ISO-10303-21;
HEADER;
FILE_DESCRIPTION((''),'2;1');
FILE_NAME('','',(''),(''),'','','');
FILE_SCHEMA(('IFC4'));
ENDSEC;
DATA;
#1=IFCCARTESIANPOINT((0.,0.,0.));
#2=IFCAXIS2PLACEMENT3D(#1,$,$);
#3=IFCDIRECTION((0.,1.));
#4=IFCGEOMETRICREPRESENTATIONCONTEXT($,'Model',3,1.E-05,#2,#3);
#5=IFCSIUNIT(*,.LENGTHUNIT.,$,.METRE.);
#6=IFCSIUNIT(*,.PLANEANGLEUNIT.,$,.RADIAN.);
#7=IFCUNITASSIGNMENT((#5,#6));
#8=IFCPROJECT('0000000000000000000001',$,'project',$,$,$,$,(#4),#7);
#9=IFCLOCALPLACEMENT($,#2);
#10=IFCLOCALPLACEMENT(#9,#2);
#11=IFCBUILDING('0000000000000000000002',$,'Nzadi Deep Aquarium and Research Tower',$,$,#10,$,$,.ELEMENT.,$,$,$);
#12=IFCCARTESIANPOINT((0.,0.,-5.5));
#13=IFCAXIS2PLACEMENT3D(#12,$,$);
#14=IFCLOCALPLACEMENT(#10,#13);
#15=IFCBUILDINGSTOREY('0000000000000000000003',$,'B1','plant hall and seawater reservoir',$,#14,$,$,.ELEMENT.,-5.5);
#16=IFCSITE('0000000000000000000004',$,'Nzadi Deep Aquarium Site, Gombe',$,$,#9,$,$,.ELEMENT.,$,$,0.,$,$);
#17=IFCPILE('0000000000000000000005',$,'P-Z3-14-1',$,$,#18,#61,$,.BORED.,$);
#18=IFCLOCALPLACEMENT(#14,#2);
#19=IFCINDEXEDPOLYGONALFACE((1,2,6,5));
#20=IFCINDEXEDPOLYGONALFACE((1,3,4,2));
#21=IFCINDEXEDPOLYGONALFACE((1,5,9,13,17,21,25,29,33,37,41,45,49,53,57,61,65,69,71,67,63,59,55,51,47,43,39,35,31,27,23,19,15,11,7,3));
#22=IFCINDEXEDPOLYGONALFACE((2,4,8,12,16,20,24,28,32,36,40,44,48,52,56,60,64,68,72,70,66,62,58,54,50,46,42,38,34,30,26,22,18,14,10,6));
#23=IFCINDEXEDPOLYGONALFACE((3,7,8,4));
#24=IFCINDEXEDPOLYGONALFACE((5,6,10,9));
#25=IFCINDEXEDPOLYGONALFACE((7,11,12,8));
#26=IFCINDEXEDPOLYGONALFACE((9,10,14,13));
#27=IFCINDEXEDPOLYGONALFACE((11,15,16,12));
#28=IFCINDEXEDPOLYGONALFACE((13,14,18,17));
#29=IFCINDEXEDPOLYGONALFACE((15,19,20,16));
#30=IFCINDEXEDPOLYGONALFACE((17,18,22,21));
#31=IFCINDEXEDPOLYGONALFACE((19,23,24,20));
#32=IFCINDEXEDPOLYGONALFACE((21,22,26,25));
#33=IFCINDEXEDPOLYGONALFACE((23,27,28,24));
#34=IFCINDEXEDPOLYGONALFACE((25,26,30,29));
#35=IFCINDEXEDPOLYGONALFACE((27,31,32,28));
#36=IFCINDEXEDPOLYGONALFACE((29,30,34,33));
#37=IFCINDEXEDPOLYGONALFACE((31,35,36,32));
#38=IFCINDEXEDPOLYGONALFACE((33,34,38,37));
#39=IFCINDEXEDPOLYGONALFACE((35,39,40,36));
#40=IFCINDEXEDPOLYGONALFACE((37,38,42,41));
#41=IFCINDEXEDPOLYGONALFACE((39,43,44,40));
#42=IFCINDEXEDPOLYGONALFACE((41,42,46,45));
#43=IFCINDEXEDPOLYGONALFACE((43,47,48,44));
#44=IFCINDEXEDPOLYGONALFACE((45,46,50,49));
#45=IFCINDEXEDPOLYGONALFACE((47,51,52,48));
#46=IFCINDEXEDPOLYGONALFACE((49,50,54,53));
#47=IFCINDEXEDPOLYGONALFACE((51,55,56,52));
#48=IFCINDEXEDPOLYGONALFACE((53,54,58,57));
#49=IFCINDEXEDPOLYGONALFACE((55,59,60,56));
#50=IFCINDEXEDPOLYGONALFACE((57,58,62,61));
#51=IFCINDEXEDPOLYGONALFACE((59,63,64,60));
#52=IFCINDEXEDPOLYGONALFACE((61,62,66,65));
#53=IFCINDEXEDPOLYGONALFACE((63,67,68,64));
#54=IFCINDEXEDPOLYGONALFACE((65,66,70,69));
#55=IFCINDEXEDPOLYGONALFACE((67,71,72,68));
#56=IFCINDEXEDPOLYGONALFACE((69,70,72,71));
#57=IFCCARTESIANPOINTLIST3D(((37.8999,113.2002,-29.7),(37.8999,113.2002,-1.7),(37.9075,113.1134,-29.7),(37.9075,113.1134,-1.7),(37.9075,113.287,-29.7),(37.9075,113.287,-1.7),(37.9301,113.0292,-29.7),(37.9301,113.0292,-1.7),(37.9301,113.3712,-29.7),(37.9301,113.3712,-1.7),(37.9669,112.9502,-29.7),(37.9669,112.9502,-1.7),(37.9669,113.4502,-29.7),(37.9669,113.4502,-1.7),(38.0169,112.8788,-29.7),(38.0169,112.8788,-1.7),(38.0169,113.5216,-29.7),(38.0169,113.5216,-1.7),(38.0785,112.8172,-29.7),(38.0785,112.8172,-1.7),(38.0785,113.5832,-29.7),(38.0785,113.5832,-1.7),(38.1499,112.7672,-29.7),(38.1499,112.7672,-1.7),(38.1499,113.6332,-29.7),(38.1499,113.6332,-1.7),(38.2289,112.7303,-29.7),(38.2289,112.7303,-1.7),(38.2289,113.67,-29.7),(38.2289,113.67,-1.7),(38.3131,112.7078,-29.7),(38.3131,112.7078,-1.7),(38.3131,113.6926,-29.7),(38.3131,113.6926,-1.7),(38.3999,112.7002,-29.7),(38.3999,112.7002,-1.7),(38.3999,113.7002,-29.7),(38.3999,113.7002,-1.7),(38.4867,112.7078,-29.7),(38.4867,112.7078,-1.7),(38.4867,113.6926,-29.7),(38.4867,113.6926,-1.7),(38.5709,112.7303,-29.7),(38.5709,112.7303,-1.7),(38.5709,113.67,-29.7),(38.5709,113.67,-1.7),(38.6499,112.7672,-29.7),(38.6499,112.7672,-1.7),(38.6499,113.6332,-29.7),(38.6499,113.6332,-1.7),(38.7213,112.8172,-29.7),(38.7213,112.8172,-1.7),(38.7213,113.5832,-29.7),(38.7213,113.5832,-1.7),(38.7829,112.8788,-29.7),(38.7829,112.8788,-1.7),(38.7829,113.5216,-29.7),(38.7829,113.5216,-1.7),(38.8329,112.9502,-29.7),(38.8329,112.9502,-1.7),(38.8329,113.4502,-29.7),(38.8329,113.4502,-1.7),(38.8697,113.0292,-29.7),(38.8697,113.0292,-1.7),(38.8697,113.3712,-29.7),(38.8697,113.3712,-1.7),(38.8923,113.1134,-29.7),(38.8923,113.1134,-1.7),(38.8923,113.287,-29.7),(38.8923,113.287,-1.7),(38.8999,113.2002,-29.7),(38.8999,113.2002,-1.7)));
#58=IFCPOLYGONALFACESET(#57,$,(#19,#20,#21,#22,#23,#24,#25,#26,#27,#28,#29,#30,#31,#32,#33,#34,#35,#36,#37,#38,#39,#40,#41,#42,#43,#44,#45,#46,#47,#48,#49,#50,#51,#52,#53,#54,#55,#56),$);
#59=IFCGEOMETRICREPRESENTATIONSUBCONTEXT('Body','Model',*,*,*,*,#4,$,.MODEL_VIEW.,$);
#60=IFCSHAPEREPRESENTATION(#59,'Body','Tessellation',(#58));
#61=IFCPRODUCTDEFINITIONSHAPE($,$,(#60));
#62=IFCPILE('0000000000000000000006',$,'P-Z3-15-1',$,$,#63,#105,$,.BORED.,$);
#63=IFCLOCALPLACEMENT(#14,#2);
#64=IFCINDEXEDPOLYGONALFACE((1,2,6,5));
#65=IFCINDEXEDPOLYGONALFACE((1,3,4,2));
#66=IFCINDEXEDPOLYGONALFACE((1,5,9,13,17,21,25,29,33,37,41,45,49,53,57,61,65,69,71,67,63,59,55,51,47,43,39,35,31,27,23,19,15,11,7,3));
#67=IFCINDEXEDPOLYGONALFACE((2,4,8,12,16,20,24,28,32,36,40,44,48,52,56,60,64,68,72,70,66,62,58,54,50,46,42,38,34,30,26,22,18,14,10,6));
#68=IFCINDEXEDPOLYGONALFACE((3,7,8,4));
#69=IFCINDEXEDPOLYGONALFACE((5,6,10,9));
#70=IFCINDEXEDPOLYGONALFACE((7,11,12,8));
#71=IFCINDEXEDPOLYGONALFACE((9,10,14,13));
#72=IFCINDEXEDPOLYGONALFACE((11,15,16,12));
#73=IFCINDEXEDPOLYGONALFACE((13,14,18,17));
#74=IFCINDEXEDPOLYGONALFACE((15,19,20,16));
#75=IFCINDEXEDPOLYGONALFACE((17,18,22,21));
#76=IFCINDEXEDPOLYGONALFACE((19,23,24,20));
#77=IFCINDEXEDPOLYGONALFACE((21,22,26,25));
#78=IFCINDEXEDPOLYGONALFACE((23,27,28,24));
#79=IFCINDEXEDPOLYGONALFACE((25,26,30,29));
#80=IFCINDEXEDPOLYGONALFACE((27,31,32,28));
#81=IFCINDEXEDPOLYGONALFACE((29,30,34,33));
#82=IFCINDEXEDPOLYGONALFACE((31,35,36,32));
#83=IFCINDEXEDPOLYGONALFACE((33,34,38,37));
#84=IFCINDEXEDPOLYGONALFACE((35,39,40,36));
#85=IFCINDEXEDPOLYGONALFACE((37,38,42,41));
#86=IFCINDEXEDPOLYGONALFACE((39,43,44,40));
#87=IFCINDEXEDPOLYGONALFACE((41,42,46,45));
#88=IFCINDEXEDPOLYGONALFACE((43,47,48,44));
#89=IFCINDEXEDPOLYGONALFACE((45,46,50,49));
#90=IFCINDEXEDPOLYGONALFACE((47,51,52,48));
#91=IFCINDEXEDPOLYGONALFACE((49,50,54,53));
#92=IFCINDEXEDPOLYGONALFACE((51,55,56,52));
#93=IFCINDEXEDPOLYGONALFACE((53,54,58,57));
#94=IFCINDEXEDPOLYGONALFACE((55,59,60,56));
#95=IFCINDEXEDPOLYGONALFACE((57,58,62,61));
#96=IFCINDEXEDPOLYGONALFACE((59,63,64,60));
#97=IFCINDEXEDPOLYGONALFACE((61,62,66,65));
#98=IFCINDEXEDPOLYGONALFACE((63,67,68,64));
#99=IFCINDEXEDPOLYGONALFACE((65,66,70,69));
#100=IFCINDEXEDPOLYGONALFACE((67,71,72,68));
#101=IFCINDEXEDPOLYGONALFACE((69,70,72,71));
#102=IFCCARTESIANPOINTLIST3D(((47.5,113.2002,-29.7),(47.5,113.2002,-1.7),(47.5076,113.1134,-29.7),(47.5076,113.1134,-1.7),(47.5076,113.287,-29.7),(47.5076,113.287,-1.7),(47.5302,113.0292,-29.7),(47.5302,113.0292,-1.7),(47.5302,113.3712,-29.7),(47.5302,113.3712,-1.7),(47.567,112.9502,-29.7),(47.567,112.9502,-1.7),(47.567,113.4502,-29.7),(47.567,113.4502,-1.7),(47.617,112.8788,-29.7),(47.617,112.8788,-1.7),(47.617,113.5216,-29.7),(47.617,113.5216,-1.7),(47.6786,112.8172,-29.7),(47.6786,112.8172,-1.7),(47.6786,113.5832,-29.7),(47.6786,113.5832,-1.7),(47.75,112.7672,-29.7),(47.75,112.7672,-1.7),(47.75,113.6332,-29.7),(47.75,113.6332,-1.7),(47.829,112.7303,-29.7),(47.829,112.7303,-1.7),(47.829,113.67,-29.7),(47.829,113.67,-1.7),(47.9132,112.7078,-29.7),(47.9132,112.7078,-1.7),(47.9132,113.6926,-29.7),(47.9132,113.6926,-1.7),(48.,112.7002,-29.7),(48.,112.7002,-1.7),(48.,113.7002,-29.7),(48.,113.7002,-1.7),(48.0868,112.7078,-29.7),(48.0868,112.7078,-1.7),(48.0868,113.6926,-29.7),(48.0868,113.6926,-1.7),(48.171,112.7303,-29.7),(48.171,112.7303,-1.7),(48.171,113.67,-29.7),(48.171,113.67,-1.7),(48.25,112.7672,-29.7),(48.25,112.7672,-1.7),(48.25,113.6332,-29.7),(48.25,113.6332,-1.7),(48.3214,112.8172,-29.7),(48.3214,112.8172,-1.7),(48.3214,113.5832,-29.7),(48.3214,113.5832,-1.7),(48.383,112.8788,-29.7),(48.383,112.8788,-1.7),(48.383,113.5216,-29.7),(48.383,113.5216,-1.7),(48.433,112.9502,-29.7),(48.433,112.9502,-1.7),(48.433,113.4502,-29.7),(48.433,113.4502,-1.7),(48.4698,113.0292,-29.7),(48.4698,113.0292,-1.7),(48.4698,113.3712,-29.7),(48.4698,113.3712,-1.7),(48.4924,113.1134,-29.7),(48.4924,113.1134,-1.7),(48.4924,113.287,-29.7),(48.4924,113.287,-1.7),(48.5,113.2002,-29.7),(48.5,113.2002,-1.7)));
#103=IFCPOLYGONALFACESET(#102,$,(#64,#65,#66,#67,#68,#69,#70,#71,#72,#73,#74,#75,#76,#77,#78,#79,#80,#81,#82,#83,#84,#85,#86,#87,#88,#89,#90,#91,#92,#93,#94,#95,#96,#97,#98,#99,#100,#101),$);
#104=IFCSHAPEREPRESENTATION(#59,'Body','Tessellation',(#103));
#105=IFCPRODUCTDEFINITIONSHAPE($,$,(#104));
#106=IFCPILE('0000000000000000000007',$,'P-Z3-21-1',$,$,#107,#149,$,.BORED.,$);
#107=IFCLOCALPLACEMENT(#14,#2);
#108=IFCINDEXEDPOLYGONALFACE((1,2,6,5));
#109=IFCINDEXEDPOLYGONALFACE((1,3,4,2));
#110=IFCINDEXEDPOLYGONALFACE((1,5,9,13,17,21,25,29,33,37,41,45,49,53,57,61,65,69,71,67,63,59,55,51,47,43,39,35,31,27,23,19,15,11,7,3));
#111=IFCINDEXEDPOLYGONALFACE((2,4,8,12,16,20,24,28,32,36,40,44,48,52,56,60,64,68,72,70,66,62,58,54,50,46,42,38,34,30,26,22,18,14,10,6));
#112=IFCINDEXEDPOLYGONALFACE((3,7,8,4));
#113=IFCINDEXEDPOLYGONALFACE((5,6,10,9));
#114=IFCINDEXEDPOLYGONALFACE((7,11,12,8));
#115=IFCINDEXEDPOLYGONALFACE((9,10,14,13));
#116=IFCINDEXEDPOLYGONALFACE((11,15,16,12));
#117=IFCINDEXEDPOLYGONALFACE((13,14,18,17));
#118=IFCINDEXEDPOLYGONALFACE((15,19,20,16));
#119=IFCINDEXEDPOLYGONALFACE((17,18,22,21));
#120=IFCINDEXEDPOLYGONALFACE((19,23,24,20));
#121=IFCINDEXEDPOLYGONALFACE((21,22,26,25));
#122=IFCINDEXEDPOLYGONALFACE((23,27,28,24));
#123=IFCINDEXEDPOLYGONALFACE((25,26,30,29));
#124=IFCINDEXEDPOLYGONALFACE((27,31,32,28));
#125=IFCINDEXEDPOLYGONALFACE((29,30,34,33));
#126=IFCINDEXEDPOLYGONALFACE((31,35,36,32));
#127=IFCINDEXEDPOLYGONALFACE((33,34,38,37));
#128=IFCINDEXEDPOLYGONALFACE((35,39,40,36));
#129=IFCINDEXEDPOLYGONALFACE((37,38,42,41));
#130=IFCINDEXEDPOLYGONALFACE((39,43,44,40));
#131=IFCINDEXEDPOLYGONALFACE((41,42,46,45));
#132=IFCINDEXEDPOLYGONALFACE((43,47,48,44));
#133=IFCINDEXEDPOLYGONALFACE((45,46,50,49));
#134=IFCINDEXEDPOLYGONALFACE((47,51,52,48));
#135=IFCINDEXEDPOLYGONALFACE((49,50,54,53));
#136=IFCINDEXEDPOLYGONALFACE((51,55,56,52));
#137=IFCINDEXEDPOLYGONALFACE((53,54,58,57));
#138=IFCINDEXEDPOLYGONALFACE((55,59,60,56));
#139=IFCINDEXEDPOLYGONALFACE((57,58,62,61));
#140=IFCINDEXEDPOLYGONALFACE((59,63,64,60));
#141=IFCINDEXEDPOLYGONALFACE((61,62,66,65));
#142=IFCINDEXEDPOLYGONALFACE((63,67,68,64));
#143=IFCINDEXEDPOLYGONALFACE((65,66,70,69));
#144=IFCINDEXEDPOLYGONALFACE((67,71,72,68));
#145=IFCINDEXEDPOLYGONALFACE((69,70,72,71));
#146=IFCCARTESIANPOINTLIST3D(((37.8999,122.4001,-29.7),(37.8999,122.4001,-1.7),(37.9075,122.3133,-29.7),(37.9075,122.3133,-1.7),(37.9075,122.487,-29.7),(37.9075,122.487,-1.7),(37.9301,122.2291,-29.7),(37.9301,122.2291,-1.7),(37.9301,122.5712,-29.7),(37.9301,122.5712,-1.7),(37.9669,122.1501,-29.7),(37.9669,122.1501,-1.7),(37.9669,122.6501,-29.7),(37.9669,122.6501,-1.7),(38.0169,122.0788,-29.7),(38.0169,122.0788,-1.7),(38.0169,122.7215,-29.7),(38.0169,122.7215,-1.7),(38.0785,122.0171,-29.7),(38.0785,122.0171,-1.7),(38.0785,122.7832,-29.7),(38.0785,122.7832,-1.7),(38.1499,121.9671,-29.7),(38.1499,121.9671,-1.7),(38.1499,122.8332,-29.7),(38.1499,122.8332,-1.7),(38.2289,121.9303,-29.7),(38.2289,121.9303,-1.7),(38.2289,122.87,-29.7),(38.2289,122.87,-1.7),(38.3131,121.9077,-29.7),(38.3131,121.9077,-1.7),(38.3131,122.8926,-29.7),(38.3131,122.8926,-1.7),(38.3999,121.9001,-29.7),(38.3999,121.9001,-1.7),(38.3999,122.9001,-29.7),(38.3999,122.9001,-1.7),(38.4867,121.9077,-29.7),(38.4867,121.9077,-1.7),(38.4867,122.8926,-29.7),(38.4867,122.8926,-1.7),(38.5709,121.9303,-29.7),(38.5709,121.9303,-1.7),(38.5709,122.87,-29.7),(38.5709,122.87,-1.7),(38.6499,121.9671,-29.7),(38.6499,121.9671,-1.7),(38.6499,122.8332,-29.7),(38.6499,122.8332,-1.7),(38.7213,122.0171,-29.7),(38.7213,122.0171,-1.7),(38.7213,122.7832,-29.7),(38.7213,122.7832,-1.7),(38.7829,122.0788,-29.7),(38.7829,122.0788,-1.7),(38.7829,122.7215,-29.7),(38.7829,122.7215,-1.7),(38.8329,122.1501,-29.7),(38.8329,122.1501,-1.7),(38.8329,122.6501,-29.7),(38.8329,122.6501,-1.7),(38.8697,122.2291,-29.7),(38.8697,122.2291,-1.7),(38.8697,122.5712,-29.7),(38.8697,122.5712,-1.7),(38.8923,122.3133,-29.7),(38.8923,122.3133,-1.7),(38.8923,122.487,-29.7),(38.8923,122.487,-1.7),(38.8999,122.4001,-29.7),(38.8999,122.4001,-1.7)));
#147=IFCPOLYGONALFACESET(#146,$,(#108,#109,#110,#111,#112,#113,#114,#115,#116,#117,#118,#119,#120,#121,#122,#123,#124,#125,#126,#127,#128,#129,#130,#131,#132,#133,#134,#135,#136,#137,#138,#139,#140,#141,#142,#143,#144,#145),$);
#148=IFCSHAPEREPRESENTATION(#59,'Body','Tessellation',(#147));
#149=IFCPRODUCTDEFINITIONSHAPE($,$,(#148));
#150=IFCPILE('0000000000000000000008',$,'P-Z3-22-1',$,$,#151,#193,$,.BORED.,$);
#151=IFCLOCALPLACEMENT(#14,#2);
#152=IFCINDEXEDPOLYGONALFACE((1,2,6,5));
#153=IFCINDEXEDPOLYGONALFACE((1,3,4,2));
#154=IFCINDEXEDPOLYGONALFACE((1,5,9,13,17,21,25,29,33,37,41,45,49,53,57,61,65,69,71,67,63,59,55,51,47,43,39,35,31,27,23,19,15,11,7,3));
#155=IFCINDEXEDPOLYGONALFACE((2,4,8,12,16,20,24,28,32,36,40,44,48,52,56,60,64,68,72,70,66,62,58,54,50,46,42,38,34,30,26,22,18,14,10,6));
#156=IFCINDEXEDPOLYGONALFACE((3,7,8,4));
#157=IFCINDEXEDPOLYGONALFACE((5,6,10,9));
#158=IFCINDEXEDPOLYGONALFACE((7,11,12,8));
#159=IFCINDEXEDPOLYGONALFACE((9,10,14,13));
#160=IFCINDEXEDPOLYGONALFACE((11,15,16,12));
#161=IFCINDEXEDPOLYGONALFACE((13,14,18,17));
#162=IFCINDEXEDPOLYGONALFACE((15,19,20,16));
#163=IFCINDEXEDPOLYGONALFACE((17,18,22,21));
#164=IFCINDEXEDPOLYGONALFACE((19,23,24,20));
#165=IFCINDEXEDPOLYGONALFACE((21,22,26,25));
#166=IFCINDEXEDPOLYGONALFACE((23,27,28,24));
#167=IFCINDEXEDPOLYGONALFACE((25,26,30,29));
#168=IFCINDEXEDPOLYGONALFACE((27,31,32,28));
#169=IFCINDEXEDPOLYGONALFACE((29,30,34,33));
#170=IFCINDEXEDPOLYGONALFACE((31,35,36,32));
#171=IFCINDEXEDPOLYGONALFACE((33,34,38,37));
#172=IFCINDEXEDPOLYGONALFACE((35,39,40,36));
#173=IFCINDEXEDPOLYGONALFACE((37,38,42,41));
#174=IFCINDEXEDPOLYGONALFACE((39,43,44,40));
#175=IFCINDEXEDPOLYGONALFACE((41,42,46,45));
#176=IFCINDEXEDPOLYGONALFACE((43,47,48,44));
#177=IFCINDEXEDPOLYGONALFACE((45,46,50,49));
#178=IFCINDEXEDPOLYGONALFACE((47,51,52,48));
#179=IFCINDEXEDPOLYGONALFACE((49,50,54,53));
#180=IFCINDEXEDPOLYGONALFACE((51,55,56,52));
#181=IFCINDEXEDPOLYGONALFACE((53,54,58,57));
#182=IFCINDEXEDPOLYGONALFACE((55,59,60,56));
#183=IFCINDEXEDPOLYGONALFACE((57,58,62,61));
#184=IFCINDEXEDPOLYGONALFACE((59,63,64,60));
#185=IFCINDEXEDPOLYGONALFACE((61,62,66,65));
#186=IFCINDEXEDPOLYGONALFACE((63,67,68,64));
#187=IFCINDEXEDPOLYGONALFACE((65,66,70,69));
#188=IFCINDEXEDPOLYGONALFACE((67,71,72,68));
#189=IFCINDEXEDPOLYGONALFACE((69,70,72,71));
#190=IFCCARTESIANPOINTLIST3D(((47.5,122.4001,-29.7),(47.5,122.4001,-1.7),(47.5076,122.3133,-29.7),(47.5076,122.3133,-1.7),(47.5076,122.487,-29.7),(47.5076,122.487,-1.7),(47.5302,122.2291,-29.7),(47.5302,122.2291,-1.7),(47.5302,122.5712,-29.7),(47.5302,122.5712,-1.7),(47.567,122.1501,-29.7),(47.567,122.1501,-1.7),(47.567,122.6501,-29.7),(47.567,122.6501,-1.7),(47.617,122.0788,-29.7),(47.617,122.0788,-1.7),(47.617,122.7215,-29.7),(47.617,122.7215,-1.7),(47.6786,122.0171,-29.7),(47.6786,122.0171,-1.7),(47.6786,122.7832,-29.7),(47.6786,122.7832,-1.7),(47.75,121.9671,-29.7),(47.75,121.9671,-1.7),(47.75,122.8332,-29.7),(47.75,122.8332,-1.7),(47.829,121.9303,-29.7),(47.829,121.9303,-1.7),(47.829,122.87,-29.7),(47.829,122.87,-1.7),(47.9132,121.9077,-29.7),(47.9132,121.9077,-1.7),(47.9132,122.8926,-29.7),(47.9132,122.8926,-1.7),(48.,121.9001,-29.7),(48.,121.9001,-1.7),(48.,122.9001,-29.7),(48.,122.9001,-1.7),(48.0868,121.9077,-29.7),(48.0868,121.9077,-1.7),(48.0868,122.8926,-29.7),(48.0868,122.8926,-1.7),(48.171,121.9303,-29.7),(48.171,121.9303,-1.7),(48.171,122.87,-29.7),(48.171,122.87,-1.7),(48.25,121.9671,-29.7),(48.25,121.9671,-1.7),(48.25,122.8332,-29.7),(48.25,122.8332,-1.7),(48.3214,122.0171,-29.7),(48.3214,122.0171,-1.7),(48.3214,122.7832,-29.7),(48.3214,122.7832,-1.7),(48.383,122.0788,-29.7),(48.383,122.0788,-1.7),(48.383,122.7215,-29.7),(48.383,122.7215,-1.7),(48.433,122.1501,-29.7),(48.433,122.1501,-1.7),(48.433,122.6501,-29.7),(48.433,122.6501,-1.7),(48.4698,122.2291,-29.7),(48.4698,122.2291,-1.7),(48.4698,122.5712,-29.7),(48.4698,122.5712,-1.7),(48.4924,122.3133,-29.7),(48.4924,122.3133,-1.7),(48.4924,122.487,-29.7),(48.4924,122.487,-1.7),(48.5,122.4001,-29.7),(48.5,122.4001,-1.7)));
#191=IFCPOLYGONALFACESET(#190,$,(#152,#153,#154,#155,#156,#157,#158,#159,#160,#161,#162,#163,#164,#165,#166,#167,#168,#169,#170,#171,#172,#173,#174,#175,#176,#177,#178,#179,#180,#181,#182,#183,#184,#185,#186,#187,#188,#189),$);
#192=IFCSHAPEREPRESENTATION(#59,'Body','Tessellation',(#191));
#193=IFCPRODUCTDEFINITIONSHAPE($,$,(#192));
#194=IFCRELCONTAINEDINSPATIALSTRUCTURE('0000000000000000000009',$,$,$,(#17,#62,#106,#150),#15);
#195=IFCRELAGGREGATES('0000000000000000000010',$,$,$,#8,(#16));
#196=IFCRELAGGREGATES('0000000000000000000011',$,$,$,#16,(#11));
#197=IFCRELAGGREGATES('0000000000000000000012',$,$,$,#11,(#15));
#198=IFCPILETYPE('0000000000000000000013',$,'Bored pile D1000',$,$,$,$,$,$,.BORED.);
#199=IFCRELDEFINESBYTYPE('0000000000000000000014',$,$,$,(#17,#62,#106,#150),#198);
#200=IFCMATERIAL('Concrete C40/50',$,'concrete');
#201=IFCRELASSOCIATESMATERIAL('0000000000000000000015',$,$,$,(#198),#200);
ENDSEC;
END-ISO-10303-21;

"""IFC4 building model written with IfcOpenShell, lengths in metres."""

from ifc_helpers import new_model, si_unit, direction, frame, origin, origin_2d, place, context, subcontext, project, spatial, circle, extrude, material, material_profile, profile_set, type_object, element, save


model = new_model("IFC4")

# Units and contexts
model_context = context("Model", 3, precision=1e-05, world=origin(), true_north=direction((0.0, 1.0)))
body_context = subcontext(model_context, "Body", "Model", "MODEL_VIEW")
ifc_project = project(units=[si_unit("LENGTHUNIT", "METRE"), si_unit("PLANEANGLEUNIT", "RADIAN")], contexts=[model_context])

# Site, building, storey
site_placement = place(None, origin())
site = spatial("IfcSite", under=ifc_project, at=site_placement, Name="Nzadi Deep Aquarium Site, Gombe", CompositionType="ELEMENT", RefElevation=0.0)
building_placement = place(site_placement, origin())
building = spatial("IfcBuilding", under=site, at=building_placement, Name="Nzadi Deep Aquarium and Research Tower", CompositionType="ELEMENT")
storey_placement = place(building_placement, frame((0.0, 0.0, -5.5)))
storey = spatial("IfcBuildingStorey", under=building, at=storey_placement, Name="B1", Description="plant hall and seawater reservoir", CompositionType="ELEMENT", Elevation=-5.5)

# Piles
ifc_material_1 = material(Name="Concrete C40/50", Category="concrete")
ifc_material_profile_1 = material_profile(ifc_material_1, circle(Radius=0.5, at=origin_2d()))
ifc_profile_set_1 = profile_set([ifc_material_profile_1], Name="Concrete C40/50")
pile_type = type_object("IfcPileType", Name="Bored pile D1000", PredefinedType="BORED", material=ifc_profile_set_1)
for number, where, z_axis, x_axis, name in (
    (1, (38.3999, 113.2002, -1.7), (0.0, 0.0, -1.0), (1.0, 0.0, 0.0), "P-Z3-14-1"),
    (2, (48.0, 113.2002, -1.7), (0.0, 0.0, -1.0), (1.0, 0.0, 0.0), "P-Z3-15-1"),
    (3, (38.3999, 122.4001, -1.7), (0.0, 0.0, -1.0), (1.0, 0.0, 0.0), "P-Z3-21-1"),
    (4, (48.0, 122.4001, -1.7), (0.0, 0.0, -1.0), (1.0, 0.0, 0.0), "P-Z3-22-1"),
):
    element("IfcPile", number, at=place(storey_placement, frame(where, z_axis=z_axis, x_axis=x_axis)), inside=storey, type_object=pile_type, Name=name, PredefinedType="BORED", context=body_context, shape_type="SweptSolid", body=[
        extrude(circle(Radius=0.5, at=origin_2d()), origin(), (0.0, 0.0, 1.0), 28.0),
    ])

save(model, "model.ifc")
